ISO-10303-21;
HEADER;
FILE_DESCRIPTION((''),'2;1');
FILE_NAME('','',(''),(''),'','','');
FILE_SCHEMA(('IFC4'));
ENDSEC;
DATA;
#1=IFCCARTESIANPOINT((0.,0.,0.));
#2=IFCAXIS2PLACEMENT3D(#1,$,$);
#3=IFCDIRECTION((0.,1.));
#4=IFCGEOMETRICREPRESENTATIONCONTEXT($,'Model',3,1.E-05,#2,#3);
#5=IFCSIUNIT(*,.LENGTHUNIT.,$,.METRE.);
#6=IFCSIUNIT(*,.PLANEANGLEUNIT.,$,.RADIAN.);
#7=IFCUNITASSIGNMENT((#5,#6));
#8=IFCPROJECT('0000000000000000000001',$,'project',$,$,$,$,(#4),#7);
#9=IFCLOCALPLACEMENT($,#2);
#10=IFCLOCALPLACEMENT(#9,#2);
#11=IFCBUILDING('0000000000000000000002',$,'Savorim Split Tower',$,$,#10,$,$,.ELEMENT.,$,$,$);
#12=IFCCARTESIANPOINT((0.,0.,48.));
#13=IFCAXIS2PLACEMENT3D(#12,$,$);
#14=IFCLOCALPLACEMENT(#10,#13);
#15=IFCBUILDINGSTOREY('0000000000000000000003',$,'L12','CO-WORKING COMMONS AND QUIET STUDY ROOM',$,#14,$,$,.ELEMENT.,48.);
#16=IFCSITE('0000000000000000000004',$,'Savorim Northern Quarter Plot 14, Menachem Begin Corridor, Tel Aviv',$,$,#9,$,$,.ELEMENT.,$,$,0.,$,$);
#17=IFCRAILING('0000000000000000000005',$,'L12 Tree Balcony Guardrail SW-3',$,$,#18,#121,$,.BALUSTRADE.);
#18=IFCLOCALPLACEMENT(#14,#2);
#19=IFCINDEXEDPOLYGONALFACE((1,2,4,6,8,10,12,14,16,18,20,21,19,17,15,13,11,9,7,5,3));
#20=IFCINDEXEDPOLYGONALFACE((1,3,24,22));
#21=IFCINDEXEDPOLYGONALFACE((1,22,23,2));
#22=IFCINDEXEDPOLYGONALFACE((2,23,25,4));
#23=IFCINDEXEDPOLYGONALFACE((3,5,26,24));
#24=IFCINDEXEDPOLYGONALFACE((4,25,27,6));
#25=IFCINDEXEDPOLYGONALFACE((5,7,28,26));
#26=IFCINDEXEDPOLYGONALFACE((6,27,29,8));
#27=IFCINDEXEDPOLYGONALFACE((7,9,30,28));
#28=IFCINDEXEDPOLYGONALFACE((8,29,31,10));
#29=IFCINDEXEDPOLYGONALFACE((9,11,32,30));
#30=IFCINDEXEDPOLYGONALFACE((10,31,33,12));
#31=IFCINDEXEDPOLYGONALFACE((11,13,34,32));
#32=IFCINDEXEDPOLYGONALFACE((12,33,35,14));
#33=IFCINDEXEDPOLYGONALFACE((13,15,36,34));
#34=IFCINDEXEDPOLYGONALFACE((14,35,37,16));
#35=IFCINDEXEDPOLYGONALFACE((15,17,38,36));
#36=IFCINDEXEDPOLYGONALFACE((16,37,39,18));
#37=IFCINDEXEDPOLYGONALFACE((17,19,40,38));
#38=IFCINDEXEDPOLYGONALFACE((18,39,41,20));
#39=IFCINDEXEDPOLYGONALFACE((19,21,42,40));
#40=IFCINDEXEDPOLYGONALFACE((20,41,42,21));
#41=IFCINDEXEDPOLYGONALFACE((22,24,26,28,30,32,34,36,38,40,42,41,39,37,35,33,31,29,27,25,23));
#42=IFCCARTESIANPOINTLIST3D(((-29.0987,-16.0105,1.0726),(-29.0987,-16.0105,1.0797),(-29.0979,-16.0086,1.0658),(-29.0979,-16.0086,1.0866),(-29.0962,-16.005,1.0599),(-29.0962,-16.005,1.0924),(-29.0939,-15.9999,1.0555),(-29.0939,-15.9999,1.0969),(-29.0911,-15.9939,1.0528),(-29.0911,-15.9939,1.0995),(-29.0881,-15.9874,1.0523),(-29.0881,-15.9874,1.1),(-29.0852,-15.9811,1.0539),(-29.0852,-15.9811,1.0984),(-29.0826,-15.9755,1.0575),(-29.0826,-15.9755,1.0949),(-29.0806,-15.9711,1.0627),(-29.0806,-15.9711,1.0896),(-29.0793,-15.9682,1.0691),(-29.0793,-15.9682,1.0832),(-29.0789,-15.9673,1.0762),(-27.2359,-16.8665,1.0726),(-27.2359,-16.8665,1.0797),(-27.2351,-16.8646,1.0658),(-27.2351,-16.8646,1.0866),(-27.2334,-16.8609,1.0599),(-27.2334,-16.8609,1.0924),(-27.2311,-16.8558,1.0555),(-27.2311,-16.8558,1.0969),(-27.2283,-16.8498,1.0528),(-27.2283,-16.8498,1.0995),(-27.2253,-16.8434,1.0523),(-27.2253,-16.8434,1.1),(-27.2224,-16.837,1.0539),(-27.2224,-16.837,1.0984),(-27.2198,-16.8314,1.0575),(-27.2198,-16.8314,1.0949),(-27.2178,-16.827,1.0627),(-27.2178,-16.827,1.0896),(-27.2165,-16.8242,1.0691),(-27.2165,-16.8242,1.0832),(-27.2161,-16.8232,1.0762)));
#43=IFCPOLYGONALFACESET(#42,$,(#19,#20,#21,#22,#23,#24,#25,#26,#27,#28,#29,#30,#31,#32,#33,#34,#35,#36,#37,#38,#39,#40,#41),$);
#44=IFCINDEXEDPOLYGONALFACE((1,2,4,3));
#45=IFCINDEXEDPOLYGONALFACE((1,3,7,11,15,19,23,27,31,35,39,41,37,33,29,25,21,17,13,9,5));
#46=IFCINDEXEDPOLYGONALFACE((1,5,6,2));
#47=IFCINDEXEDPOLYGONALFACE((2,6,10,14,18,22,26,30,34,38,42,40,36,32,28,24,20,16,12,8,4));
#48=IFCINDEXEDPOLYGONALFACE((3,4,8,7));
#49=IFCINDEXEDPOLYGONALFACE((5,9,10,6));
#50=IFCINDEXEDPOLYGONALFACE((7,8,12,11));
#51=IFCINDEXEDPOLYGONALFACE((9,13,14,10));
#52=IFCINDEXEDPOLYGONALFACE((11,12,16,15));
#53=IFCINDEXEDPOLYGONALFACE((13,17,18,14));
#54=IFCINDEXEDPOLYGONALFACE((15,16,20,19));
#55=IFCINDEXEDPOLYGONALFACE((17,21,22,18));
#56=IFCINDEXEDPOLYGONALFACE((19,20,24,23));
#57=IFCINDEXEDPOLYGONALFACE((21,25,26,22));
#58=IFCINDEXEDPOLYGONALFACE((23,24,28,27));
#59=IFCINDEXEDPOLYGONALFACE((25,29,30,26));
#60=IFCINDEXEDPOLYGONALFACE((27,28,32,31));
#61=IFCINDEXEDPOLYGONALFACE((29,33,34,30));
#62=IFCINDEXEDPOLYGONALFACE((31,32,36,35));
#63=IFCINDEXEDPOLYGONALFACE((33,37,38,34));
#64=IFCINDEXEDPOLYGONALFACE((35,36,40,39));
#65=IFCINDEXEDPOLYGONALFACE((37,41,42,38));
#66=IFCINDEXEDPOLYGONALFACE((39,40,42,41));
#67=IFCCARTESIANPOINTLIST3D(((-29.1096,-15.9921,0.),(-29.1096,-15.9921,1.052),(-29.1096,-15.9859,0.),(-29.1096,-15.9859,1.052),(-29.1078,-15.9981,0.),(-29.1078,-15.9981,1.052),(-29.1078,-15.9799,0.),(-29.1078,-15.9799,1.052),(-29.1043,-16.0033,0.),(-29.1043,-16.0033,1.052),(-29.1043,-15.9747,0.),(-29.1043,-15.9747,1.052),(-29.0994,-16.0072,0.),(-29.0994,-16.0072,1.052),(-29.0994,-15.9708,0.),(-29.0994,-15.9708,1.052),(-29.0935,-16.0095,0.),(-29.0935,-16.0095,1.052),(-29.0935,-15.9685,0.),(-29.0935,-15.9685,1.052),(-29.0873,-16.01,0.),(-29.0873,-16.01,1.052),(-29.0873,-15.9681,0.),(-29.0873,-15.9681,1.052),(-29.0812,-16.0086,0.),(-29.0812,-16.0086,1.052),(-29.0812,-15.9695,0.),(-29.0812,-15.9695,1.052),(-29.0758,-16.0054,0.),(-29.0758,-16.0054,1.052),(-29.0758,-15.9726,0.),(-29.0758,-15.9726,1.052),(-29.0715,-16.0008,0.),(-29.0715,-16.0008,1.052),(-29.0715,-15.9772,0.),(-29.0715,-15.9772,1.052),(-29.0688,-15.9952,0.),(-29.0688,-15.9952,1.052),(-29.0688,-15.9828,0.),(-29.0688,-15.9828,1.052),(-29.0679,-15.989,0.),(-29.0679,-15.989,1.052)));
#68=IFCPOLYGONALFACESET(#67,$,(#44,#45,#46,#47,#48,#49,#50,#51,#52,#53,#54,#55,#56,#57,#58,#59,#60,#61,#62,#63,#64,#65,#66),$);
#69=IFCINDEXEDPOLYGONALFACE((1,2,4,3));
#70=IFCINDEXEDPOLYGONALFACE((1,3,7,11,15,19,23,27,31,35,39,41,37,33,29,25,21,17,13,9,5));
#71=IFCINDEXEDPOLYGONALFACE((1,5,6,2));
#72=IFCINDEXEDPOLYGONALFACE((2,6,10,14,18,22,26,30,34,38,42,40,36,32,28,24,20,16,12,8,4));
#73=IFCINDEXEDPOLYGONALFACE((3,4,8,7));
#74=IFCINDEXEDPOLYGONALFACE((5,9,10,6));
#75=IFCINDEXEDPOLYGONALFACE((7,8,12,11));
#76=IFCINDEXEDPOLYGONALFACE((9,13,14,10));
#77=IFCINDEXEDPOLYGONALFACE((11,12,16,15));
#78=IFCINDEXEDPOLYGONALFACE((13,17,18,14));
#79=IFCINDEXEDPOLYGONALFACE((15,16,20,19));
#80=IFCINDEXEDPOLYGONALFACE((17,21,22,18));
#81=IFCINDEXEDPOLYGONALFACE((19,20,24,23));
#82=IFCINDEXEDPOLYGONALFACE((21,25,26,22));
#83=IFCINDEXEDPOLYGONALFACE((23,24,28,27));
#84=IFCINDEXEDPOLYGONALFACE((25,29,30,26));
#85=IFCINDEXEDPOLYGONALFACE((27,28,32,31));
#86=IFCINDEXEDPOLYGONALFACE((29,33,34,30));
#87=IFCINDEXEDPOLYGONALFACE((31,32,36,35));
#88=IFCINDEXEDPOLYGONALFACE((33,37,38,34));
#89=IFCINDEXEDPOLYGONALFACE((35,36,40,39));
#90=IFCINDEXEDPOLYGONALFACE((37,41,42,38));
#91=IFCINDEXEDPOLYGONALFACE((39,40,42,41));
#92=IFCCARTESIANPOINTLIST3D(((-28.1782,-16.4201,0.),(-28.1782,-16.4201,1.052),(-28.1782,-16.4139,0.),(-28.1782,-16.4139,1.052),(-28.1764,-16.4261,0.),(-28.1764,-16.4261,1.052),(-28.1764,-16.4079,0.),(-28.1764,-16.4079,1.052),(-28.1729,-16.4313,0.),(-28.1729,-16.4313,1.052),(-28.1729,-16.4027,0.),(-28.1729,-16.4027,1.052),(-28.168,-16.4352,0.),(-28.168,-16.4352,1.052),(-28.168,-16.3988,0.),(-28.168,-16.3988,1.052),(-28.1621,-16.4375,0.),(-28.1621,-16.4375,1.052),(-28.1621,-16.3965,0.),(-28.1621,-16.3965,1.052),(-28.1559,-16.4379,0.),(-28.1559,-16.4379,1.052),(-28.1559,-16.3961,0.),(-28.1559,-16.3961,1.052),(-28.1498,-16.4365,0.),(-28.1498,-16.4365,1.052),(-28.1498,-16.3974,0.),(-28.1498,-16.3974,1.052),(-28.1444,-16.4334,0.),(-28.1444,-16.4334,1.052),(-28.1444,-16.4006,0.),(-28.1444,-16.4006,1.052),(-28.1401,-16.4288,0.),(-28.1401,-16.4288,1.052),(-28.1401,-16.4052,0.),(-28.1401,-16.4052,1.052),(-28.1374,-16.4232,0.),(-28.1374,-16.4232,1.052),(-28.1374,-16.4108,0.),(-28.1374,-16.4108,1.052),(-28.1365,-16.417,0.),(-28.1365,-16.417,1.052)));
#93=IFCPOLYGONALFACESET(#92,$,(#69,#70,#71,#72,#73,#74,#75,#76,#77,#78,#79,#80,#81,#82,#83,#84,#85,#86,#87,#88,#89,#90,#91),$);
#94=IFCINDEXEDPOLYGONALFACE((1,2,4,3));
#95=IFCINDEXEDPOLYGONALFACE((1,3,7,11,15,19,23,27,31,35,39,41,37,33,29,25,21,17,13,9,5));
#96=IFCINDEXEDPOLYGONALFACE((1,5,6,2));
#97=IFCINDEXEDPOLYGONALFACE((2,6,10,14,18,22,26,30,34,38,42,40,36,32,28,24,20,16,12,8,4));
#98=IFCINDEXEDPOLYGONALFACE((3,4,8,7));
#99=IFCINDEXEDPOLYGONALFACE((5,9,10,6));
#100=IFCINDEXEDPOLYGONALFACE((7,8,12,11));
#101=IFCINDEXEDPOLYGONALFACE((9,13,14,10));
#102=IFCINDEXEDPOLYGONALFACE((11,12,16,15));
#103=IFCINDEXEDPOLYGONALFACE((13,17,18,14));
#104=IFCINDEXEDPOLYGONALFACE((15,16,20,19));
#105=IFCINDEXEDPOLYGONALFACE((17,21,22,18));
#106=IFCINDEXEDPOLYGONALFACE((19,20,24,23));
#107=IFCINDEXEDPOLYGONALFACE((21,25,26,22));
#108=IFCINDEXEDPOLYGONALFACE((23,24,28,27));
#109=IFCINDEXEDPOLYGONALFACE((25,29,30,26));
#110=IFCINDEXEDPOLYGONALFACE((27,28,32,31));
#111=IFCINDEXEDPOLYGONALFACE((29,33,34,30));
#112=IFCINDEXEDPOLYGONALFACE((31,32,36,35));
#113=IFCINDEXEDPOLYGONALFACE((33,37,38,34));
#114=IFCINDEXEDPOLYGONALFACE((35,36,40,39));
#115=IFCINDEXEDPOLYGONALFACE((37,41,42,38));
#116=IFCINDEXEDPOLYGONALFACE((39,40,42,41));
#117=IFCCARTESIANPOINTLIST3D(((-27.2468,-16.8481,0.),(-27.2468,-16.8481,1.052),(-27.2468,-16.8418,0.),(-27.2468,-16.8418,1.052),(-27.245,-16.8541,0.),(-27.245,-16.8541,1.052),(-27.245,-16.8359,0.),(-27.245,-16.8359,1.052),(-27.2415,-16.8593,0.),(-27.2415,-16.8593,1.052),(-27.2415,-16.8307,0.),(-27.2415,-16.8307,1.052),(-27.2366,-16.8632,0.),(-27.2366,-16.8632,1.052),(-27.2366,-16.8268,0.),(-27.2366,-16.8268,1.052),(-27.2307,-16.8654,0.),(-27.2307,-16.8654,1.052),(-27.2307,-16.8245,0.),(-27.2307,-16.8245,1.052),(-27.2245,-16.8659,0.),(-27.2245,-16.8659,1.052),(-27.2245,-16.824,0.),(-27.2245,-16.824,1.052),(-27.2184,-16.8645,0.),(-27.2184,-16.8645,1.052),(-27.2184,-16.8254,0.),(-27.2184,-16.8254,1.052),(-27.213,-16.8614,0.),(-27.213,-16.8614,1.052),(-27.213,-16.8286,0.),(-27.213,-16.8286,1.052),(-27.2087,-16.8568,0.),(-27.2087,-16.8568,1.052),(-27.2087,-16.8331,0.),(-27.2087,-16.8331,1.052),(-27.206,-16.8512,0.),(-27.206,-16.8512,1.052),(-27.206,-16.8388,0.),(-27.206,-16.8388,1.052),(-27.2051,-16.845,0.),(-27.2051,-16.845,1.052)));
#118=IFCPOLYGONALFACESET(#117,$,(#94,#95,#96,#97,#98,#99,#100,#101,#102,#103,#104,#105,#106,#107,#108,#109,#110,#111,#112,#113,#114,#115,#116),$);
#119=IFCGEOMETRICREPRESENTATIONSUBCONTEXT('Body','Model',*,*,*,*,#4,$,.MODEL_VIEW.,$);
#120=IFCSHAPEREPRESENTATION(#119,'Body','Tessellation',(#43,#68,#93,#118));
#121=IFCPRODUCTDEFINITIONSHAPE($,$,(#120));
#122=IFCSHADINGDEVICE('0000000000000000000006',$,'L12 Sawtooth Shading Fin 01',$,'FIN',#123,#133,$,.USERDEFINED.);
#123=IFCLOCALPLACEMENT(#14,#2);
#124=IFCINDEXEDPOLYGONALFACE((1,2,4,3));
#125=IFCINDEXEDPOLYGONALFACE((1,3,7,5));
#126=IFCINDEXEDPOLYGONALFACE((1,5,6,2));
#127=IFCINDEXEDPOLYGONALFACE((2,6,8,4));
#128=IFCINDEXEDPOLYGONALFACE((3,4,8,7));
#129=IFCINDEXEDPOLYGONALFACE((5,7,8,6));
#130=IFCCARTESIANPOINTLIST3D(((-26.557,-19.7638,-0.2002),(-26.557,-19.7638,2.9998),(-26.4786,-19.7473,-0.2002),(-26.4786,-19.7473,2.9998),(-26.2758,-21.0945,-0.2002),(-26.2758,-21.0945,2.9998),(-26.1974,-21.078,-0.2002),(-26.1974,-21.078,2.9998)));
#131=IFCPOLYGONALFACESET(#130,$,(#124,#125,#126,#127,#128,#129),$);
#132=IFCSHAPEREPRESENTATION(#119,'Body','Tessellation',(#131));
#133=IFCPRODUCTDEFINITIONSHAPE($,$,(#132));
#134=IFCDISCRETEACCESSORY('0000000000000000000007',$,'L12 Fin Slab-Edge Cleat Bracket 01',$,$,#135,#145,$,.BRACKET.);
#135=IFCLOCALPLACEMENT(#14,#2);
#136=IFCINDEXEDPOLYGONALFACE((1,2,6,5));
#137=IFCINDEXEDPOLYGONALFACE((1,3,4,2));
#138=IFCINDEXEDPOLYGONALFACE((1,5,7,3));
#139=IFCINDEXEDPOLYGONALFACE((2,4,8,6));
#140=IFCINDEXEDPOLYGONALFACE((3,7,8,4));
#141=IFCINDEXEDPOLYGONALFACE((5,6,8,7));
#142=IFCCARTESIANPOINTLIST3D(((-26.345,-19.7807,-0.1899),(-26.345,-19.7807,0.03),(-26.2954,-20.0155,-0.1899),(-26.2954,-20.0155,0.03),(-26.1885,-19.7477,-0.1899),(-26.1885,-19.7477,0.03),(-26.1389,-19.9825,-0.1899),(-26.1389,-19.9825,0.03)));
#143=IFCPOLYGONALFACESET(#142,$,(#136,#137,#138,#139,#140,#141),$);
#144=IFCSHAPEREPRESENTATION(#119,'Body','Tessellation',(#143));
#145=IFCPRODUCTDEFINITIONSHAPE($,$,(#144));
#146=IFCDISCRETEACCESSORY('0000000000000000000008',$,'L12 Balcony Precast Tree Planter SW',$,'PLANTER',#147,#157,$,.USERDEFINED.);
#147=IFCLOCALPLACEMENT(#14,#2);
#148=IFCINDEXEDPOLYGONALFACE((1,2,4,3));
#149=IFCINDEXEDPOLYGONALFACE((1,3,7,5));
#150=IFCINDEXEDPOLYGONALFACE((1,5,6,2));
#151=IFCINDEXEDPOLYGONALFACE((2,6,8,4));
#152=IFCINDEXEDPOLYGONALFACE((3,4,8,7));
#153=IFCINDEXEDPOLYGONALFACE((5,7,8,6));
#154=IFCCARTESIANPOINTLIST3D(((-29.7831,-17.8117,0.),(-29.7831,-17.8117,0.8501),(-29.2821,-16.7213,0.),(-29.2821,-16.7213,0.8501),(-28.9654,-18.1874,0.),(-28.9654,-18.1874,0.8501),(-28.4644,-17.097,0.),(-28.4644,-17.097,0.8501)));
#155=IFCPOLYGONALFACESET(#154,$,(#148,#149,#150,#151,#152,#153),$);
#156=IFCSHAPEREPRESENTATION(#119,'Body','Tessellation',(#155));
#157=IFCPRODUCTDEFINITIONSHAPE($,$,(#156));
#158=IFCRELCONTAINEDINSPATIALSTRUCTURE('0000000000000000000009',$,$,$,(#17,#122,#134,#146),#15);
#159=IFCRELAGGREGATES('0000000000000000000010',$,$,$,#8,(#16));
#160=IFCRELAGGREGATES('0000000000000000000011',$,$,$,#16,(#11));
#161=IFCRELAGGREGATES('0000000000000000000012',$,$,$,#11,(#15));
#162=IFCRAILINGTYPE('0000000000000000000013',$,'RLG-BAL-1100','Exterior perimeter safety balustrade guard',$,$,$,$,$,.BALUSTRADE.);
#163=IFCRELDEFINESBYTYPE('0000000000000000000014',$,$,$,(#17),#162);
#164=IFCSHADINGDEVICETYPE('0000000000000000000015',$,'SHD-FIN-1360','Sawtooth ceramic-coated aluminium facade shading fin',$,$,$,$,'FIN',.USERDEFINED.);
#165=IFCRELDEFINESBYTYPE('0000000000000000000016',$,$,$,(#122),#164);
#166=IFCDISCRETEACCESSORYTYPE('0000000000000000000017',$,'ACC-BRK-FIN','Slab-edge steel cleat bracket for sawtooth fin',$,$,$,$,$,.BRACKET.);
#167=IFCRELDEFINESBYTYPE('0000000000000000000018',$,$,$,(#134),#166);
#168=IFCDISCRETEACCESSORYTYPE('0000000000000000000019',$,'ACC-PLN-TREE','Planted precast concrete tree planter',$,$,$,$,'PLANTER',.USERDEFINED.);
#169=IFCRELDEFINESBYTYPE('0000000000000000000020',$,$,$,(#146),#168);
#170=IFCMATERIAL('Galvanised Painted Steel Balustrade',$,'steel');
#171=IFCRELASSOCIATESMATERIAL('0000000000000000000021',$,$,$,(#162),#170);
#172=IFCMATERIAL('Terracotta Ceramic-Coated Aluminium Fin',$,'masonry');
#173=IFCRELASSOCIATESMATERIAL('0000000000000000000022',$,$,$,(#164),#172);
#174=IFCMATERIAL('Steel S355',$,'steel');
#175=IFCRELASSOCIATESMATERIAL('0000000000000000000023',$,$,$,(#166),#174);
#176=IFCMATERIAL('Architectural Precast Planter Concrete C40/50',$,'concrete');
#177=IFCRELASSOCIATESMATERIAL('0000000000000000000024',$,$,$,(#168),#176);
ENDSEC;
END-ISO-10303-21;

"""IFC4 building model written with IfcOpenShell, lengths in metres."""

from ifc_helpers import new_model, si_unit, direction, frame, origin, origin_2d, place, context, subcontext, project, spatial, rectangle, circle, extrude, material, type_object, element, save


model = new_model("IFC4")

# Units and contexts
model_context = context("Model", 3, precision=1e-05, world=origin(), true_north=direction((0.0, 1.0)))
body_context = subcontext(model_context, "Body", "Model", "MODEL_VIEW")
ifc_project = project(units=[si_unit("LENGTHUNIT", "METRE"), si_unit("PLANEANGLEUNIT", "RADIAN")], contexts=[model_context])

# Site, building, storey
site_placement = place(None, origin())
site = spatial("IfcSite", under=ifc_project, at=site_placement, Name="Savorim Northern Quarter Plot 14, Menachem Begin Corridor, Tel Aviv", CompositionType="ELEMENT", RefElevation=0.0)
building_placement = place(site_placement, origin())
building = spatial("IfcBuilding", under=site, at=building_placement, Name="Savorim Split Tower", CompositionType="ELEMENT")
storey_placement = place(building_placement, frame((0.0, 0.0, 48.0)))
storey = spatial("IfcBuildingStorey", under=building, at=storey_placement, Name="L12", Description="CO-WORKING COMMONS AND QUIET STUDY ROOM", CompositionType="ELEMENT", Elevation=48.0)

# Shared definitions
ifc_material_1 = material(Name="Steel S355", Category="steel")

# Railing
ifc_material_2 = material(Name="Galvanised Painted Steel Balustrade", Category="steel")
railing_type = type_object("IfcRailingType", Name="RLG-BAL-1100", Description="Exterior perimeter safety balustrade guard", PredefinedType="BALUSTRADE", material=ifc_material_2)
railing_1_placement = place(storey_placement, frame((-29.0889, -15.989, 0.0)))
element("IfcRailing", 1, at=railing_1_placement, inside=storey, type_object=railing_type, Name="L12 Tree Balcony Guardrail SW-3", PredefinedType="BALUSTRADE", context=body_context, shape_type="SweptSolid", body=[
    extrude(circle(Radius=0.0239, at=origin_2d()), frame((0.0, 0.0, 1.0762), z_axis=(0.908662, -0.417532, 0.0), x_axis=(0.417532, 0.908662, 0.0)), (0.0, 0.0, 1.0), 2.05),
    extrude(circle(Radius=0.021, at=origin_2d()), origin(), (0.0, 0.0, 1.0), 1.052),
    extrude(circle(Radius=0.021, at=origin_2d()), frame((0.9314, -0.428, 0.0)), (0.0, 0.0, 1.0), 1.052),
    extrude(circle(Radius=0.021, at=origin_2d()), frame((1.8628, -0.856, 0.0)), (0.0, 0.0, 1.0), 1.052),
])

# Shading device
ifc_material_3 = material(Name="Terracotta Ceramic-Coated Aluminium Fin", Category="masonry")
shading_device_type = type_object("IfcShadingDeviceType", Name="SHD-FIN-1360", Description="Sawtooth ceramic-coated aluminium facade shading fin", ElementType="FIN", PredefinedType="USERDEFINED", material=ifc_material_3)
shading_device_placement = place(storey_placement, frame((-26.3772, -20.4209, -0.2002), z_axis=(0.0, 0.0, 1.0), x_axis=(0.206722, -0.9784, 0.0)))
element("IfcShadingDevice", 2, at=shading_device_placement, inside=storey, type_object=shading_device_type, Name="L12 Sawtooth Shading Fin 01", ObjectType="FIN", PredefinedType="USERDEFINED", context=body_context, shape_type="SweptSolid", body=[
    extrude(rectangle(XDim=1.3601, YDim=0.0801, at=origin_2d()), origin(), (0.0, 0.0, 1.0), 3.2),
])

# Discrete accessories
discrete_accessory_type_1 = type_object("IfcDiscreteAccessoryType", Name="ACC-BRK-FIN", Description="Slab-edge steel cleat bracket for sawtooth fin", PredefinedType="BRACKET", material=ifc_material_1)
discrete_accessory_1_placement = place(storey_placement, frame((-26.2419, -19.8816, -0.1899), z_axis=(0.0, 0.0, 1.0), x_axis=(0.206722, -0.9784, 0.0)))
element("IfcDiscreteAccessory", 3, at=discrete_accessory_1_placement, inside=storey, type_object=discrete_accessory_type_1, Name="L12 Fin Slab-Edge Cleat Bracket 01", PredefinedType="BRACKET", context=body_context, shape_type="SweptSolid", body=[
    extrude(rectangle(XDim=0.24, YDim=0.1599, at=origin_2d()), origin(), (0.0, 0.0, 1.0), 0.22),
])
ifc_material_4 = material(Name="Architectural Precast Planter Concrete C40/50", Category="concrete")
discrete_accessory_type_2 = type_object("IfcDiscreteAccessoryType", Name="ACC-PLN-TREE", Description="Planted precast concrete tree planter", ElementType="PLANTER", PredefinedType="USERDEFINED", material=ifc_material_4)
discrete_accessory_2_placement = place(storey_placement, frame((-29.1238, -17.4543, 0.0), z_axis=(0.0, 0.0, 1.0), x_axis=(-0.417501, -0.908677, 0.0)))
element("IfcDiscreteAccessory", 4, at=discrete_accessory_2_placement, inside=storey, type_object=discrete_accessory_type_2, Name="L12 Balcony Precast Tree Planter SW", ObjectType="PLANTER", PredefinedType="USERDEFINED", context=body_context, shape_type="SweptSolid", body=[
    extrude(rectangle(XDim=1.2, YDim=0.8999, at=origin_2d()), origin(), (0.0, 0.0, 1.0), 0.8501),
])

save(model, "model.ifc")
